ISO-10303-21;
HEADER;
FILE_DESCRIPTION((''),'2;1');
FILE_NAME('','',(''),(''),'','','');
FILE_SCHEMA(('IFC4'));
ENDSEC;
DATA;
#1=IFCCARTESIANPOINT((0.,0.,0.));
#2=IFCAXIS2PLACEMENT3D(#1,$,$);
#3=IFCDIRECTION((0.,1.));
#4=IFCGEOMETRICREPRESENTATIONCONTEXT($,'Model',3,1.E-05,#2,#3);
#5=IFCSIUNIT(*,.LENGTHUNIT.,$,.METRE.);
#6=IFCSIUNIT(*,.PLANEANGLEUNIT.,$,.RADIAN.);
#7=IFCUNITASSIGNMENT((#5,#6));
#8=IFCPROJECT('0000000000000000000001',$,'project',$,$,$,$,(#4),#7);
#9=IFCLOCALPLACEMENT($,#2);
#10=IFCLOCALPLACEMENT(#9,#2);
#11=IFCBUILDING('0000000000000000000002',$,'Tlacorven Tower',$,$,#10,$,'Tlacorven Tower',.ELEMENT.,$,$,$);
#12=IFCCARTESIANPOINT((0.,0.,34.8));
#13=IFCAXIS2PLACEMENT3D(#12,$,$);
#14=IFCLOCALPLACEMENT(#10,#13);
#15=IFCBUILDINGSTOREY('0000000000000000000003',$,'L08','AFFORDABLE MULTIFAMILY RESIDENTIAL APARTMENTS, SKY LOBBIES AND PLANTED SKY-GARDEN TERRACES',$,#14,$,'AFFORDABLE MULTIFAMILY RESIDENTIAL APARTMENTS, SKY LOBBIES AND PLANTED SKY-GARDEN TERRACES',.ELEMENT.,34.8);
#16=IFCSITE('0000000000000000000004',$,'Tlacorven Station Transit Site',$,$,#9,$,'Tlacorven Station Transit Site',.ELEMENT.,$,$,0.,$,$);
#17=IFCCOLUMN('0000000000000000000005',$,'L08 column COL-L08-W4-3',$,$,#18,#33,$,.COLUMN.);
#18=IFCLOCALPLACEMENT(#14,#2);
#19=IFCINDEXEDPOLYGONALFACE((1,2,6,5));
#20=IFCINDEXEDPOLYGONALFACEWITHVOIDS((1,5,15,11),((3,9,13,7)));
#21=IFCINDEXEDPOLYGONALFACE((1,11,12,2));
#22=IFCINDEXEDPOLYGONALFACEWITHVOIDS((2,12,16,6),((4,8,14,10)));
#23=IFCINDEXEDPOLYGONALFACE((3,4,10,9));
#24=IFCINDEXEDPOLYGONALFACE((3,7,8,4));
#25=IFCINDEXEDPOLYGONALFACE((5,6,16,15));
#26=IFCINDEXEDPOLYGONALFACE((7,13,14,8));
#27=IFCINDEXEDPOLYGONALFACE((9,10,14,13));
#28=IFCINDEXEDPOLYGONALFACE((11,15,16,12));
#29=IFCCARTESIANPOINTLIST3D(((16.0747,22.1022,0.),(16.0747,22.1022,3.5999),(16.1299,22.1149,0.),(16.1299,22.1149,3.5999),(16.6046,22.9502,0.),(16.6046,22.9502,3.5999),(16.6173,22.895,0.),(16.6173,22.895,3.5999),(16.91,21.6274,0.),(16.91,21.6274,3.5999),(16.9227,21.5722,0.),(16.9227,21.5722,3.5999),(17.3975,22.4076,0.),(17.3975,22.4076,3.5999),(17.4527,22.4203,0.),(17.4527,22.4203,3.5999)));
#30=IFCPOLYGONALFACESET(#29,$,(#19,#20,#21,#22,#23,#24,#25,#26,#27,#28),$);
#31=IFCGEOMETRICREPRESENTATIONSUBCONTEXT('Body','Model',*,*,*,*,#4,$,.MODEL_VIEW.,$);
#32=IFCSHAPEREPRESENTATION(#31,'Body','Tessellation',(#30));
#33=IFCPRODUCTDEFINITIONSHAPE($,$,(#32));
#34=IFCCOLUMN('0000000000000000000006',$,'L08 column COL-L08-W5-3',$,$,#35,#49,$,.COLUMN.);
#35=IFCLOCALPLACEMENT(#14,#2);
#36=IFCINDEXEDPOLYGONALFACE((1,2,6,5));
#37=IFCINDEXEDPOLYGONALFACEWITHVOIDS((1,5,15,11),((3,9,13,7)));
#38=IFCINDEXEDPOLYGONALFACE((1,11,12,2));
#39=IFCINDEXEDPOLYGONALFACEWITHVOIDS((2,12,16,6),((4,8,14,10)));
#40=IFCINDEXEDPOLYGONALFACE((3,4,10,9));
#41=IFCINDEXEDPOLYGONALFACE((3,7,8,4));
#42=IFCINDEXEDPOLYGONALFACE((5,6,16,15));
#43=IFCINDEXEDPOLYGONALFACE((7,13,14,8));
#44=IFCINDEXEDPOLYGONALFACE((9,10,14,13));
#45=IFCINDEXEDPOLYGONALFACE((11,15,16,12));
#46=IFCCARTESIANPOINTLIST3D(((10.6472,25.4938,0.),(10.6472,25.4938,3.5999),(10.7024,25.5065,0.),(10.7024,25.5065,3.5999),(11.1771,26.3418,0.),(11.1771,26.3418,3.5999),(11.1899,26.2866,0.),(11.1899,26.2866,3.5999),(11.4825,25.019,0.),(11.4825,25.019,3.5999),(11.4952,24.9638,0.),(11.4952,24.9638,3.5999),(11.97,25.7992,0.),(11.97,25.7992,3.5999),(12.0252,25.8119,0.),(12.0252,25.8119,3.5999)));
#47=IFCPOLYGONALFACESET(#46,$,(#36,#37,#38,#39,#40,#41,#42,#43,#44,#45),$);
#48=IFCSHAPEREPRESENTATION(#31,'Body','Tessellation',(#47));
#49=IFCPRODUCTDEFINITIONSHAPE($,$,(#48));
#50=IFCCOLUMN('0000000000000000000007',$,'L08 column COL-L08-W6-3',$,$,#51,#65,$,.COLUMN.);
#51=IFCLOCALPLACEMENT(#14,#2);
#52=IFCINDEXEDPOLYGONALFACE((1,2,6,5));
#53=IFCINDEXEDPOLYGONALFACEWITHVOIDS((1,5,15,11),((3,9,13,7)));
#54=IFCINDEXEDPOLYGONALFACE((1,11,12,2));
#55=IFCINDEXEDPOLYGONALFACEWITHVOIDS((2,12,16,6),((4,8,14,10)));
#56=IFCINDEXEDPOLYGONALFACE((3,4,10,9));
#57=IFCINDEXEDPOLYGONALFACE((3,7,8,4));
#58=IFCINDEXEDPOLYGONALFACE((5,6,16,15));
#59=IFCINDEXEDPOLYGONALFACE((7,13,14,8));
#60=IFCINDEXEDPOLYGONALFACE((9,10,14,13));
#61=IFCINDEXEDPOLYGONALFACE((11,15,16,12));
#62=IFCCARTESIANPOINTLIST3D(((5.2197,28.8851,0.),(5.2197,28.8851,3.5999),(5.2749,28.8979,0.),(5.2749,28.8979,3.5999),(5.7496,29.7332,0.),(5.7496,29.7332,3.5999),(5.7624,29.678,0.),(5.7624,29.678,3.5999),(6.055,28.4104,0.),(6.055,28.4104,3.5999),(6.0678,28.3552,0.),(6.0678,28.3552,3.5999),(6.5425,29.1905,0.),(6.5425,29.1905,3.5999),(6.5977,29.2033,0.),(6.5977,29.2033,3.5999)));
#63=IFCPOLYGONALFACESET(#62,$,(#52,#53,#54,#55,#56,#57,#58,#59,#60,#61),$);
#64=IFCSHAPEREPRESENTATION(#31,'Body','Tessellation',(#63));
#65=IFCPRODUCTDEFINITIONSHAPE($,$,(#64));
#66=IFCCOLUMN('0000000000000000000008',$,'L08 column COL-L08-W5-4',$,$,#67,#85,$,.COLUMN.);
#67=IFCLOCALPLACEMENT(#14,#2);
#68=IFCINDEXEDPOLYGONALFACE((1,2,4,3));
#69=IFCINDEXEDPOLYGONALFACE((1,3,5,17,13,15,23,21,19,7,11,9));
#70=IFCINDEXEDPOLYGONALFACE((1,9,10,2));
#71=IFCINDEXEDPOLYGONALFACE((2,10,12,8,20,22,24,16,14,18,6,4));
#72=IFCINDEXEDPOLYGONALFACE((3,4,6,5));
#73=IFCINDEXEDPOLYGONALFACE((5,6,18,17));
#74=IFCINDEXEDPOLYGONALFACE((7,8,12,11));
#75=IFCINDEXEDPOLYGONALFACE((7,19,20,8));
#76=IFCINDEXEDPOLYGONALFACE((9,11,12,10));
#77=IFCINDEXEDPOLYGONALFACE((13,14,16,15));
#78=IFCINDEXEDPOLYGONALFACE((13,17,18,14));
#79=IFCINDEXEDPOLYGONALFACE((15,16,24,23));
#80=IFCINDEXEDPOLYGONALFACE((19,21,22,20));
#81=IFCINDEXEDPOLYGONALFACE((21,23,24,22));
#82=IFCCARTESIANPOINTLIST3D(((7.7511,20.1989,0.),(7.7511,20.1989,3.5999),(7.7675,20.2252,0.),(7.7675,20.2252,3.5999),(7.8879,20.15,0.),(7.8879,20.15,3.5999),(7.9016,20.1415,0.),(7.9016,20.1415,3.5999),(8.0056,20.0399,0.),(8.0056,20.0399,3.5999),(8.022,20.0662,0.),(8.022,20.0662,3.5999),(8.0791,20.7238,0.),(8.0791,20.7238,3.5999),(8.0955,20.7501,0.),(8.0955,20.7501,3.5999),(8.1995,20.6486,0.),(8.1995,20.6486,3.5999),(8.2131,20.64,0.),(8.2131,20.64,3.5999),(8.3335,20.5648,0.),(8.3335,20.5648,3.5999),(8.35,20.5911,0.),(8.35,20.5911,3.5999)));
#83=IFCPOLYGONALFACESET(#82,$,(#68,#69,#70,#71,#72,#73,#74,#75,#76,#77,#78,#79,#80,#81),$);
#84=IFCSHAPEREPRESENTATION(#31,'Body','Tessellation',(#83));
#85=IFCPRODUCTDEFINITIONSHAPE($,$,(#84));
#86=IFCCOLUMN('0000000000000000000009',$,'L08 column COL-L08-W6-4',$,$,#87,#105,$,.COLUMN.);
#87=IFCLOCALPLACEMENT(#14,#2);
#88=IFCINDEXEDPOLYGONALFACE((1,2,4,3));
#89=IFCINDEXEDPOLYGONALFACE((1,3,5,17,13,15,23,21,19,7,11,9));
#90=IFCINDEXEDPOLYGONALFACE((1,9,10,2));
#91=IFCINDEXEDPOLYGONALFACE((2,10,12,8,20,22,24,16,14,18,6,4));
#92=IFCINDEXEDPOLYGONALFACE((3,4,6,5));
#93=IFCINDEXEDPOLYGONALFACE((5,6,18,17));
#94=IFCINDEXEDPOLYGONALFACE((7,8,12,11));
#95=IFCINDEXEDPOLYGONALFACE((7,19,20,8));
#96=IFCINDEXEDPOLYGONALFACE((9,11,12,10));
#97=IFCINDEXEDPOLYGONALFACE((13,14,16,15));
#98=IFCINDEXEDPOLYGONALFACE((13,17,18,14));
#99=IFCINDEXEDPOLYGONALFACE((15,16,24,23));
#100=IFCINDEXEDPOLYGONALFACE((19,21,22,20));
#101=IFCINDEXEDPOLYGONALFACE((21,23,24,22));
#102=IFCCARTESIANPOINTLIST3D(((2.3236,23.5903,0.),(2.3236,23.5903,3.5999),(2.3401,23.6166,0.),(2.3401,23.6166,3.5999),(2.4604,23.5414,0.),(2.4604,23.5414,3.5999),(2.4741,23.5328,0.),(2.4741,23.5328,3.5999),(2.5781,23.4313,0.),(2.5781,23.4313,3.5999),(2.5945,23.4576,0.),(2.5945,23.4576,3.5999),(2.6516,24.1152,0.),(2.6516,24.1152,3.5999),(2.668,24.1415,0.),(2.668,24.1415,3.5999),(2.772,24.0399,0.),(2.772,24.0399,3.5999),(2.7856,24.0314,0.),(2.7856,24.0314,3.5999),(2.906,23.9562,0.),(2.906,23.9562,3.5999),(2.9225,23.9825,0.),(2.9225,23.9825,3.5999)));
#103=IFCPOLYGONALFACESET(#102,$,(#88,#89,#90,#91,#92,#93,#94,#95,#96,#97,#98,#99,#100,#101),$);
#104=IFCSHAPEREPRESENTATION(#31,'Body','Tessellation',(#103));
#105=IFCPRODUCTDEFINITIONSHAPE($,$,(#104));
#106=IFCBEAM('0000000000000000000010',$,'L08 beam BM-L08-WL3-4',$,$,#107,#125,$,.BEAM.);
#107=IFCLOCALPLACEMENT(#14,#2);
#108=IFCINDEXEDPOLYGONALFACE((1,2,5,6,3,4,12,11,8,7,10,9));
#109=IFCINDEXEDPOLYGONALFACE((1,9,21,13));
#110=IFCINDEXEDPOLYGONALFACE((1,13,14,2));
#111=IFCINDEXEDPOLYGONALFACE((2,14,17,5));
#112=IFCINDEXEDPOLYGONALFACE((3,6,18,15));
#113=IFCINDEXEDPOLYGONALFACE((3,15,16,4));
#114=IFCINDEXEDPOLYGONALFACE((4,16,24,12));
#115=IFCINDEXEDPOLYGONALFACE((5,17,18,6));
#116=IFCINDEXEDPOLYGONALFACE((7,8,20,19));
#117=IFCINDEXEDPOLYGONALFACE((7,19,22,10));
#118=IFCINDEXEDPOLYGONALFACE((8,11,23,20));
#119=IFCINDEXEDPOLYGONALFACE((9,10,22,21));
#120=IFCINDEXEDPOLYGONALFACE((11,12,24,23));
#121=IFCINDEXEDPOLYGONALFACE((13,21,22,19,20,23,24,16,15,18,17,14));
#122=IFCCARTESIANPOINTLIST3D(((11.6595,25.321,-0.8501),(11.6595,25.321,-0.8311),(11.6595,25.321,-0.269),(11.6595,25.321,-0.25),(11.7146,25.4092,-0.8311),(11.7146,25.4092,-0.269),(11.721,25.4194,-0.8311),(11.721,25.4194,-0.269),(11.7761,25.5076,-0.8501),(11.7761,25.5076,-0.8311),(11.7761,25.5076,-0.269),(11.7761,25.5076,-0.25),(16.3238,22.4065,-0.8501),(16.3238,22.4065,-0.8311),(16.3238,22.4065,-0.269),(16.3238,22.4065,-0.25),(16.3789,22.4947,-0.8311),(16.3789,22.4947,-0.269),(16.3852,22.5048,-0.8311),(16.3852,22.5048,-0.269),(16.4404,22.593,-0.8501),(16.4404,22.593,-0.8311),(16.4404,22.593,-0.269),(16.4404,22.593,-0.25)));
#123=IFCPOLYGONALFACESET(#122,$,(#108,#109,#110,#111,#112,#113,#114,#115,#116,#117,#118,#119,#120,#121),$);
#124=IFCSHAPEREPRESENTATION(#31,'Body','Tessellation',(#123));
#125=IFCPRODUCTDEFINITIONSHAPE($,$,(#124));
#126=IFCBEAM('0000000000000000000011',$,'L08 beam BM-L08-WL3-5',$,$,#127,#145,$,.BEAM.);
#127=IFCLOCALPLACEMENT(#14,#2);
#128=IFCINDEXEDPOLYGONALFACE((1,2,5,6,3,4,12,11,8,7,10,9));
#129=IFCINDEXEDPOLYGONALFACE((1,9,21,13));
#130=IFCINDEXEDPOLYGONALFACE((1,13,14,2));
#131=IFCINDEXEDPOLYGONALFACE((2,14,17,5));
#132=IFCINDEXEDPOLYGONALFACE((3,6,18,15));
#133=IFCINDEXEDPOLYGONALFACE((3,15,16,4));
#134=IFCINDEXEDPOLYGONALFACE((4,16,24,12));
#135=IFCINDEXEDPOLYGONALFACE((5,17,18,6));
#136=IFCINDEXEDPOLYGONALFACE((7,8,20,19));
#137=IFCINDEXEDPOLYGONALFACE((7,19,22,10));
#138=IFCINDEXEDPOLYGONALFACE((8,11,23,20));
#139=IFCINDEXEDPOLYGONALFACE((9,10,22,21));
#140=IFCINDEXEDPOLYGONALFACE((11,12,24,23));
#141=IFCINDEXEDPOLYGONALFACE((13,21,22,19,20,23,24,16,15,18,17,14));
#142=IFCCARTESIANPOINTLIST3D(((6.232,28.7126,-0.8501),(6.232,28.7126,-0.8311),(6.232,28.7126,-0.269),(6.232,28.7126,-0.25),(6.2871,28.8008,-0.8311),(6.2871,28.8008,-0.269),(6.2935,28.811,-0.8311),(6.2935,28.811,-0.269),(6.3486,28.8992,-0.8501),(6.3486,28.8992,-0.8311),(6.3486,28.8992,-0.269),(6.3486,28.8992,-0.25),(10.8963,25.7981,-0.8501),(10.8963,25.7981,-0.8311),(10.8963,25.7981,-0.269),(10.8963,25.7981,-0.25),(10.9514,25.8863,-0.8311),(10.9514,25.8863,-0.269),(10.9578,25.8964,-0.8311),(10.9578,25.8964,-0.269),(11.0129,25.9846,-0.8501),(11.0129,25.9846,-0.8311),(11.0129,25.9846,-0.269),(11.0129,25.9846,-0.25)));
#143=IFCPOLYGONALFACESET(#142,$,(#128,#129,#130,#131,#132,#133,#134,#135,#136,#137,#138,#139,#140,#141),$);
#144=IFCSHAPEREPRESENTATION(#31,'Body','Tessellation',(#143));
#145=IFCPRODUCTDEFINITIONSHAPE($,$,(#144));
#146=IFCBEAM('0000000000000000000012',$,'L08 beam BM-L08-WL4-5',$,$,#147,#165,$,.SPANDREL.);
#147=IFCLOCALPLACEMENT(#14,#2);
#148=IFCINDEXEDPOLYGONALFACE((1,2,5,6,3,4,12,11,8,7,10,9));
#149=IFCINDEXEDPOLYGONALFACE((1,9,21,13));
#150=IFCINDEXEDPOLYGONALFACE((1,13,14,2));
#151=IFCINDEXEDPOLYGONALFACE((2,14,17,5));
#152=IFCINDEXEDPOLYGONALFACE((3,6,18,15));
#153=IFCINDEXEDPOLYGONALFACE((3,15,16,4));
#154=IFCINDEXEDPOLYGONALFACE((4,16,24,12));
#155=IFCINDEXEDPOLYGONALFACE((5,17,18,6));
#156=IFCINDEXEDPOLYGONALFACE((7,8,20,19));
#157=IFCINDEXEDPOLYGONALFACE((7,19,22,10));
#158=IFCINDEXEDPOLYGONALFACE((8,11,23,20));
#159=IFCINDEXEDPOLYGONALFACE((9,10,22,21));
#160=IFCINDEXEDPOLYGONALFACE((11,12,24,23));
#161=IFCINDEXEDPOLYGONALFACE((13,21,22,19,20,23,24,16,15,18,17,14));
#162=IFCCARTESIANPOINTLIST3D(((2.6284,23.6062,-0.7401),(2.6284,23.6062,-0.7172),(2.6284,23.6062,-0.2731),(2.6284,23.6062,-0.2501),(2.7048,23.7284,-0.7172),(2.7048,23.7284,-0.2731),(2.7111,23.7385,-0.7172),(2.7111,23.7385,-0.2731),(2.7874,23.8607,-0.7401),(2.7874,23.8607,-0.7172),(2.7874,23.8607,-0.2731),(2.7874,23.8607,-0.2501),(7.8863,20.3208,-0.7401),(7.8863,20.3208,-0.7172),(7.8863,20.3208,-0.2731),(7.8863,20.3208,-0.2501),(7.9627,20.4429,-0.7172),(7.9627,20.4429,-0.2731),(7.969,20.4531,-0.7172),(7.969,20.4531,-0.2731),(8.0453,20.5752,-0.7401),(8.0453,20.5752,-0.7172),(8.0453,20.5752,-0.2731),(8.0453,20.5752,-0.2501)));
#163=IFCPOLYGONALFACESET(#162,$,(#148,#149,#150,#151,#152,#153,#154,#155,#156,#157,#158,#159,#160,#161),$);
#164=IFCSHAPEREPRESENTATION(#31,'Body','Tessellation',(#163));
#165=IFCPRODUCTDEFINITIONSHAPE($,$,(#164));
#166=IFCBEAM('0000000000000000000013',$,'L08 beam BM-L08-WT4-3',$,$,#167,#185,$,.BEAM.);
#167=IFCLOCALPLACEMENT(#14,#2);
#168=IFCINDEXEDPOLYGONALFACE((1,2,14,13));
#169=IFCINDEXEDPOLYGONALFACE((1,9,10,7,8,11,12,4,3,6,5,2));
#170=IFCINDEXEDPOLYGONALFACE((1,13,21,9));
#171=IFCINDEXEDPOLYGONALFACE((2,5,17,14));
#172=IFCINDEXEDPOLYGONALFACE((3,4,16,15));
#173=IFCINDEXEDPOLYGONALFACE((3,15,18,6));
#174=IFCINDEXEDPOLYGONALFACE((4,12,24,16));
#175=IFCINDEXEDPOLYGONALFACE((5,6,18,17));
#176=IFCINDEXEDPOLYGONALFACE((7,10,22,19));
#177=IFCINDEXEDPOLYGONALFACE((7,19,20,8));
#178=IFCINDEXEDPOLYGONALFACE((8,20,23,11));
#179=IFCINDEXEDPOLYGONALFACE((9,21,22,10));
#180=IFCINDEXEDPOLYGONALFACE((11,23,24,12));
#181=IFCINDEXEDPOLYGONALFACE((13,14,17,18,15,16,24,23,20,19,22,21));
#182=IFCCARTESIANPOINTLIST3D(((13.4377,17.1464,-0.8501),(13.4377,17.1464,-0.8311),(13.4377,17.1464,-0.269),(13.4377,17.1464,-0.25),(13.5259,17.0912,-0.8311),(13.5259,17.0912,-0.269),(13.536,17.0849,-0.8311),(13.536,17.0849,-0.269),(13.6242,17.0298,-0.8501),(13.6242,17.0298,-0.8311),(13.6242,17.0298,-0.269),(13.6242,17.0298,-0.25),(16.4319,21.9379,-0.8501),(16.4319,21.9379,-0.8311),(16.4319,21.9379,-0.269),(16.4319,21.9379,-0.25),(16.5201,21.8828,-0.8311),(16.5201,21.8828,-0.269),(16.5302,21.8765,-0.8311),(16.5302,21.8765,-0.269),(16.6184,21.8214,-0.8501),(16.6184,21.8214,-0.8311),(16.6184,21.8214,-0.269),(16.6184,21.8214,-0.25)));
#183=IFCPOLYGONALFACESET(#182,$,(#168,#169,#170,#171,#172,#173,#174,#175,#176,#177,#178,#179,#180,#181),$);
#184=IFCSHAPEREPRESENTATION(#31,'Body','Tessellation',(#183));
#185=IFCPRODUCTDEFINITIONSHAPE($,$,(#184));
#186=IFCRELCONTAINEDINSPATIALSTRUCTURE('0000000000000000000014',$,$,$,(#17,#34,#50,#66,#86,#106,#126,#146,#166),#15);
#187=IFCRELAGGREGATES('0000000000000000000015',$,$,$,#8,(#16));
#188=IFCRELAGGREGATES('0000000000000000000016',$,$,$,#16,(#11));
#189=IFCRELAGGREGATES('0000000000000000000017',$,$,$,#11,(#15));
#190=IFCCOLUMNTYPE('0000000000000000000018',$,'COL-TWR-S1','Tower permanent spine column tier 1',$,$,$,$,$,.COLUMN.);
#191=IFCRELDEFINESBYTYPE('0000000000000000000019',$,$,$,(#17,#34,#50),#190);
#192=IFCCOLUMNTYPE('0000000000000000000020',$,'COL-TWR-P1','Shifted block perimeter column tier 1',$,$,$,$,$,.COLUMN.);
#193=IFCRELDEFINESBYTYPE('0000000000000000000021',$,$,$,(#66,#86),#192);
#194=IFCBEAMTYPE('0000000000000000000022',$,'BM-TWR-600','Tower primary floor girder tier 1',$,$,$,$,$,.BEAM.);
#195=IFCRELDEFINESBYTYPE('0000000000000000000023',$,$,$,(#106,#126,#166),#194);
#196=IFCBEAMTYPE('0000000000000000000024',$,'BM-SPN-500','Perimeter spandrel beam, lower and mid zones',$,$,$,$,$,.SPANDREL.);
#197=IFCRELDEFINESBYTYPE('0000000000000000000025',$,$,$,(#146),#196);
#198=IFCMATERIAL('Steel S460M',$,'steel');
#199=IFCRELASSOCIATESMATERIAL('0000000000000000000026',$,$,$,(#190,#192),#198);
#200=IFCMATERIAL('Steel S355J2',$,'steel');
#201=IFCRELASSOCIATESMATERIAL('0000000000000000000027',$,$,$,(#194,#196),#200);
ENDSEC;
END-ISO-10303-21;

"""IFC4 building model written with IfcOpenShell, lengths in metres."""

from ifc_helpers import new_model, si_unit, direction, frame, origin, origin_2d, place, context, subcontext, project, spatial, hollow_rectangle, i_section, extrude, source, transform, mapped, material, material_profile, profile_set, type_object, element, save


model = new_model("IFC4")

# Units and contexts
model_context = context("Model", 3, precision=1e-05, world=origin(), true_north=direction((0.0, 1.0)))
body_context = subcontext(model_context, "Body", "Model", "MODEL_VIEW")
ifc_project = project(units=[si_unit("LENGTHUNIT", "METRE"), si_unit("PLANEANGLEUNIT", "RADIAN")], contexts=[model_context])

# Site, building, storey
site_placement = place(None, origin())
site = spatial("IfcSite", under=ifc_project, at=site_placement, Name="Tlacorven Station Transit Site", LongName="Tlacorven Station Transit Site", CompositionType="ELEMENT", RefElevation=0.0)
building_placement = place(site_placement, origin())
building = spatial("IfcBuilding", under=site, at=building_placement, Name="Tlacorven Tower", LongName="Tlacorven Tower", CompositionType="ELEMENT")
storey_placement = place(building_placement, frame((0.0, 0.0, 34.8)))
storey = spatial("IfcBuildingStorey", under=building, at=storey_placement, Name="L08", Description="AFFORDABLE MULTIFAMILY RESIDENTIAL APARTMENTS, SKY LOBBIES AND PLANTED SKY-GARDEN TERRACES", LongName="AFFORDABLE MULTIFAMILY RESIDENTIAL APARTMENTS, SKY LOBBIES AND PLANTED SKY-GARDEN TERRACES", CompositionType="ELEMENT", Elevation=34.8)

# Columns
ifc_material_1 = material(Name="Steel S460M", Category="steel")
ifc_material_profile_1 = material_profile(ifc_material_1, hollow_rectangle(XDim=1.0, YDim=1.0, WallThickness=0.04, at=origin_2d()), Name="BOX 1000X1000X40")
ifc_profile_set_1 = profile_set([ifc_material_profile_1], Name="Steel S460M")
column_type_1 = type_object("IfcColumnType", Name="COL-TWR-S1", Description="Tower permanent spine column tier 1", PredefinedType="COLUMN", material=ifc_profile_set_1)
shared_shape_1 = source(origin(), body_context, "Body", "SweptSolid", [
    extrude(hollow_rectangle(XDim=1.0, YDim=1.0, WallThickness=0.04, at=origin_2d()), origin(), (0.0, 0.0, 1.0), 3.5999),
])
for number, where, z_axis, x_axis, name in (
    (1, (16.7637, 22.2612, 0.0), (0.0, 0.0, 1.0), (-0.848048, 0.529919, 0.0), "L08 column COL-L08-W4-3"),
    (2, (11.3362, 25.6528, 0.0), (0.0, 0.0, 1.0), (-0.848048, 0.529919, 0.0), "L08 column COL-L08-W5-3"),
    (3, (5.9087, 29.0442, 0.0), (0.0, 0.0, 1.0), (-0.848048, 0.529919, 0.0), "L08 column COL-L08-W6-3"),
):
    element("IfcColumn", number, at=place(storey_placement, frame(where, z_axis=z_axis, x_axis=x_axis)), inside=storey, type_object=column_type_1, Name=name, PredefinedType="COLUMN", context=body_context, shape_type="MappedRepresentation", body=[
        mapped(shared_shape_1, transform((0.0, 0.0, 0.0), scale=1.0)),
    ])
ifc_material_profile_2 = material_profile(ifc_material_1, i_section(OverallWidth=0.3, OverallDepth=0.6499, WebThickness=0.0161, FlangeThickness=0.031, at=origin_2d()), Name="HEB 650")
ifc_profile_set_2 = profile_set([ifc_material_profile_2], Name="Steel S460M")
column_type_2 = type_object("IfcColumnType", Name="COL-TWR-P1", Description="Shifted block perimeter column tier 1", PredefinedType="COLUMN", material=ifc_profile_set_2)
shared_shape_2 = source(origin(), body_context, "Body", "SweptSolid", [
    extrude(i_section(OverallWidth=0.3, OverallDepth=0.6499, WebThickness=0.0161, FlangeThickness=0.031, at=origin_2d()), origin(), (0.0, 0.0, 1.0), 3.5999),
])
for number, where, z_axis, x_axis, name in (
    (4, (8.0505, 20.395, 0.0), (0.0, 0.0, 1.0), (-0.848048, 0.529919, 0.0), "L08 column COL-L08-W5-4"),
    (5, (2.623, 23.7864, 0.0), (0.0, 0.0, 1.0), (-0.848048, 0.529919, 0.0), "L08 column COL-L08-W6-4"),
):
    element("IfcColumn", number, at=place(storey_placement, frame(where, z_axis=z_axis, x_axis=x_axis)), inside=storey, type_object=column_type_2, Name=name, PredefinedType="COLUMN", context=body_context, shape_type="MappedRepresentation", body=[
        mapped(shared_shape_2, transform((0.0, 0.0, 0.0), scale=1.0)),
    ])

# Beams
ifc_material_2 = material(Name="Steel S355J2", Category="steel")
ifc_material_profile_3 = material_profile(ifc_material_2, i_section(OverallWidth=0.22, OverallDepth=0.6001, WebThickness=0.012, FlangeThickness=0.019, at=origin_2d()), Name="IPE 600")
ifc_profile_set_3 = profile_set([ifc_material_profile_3], Name="Steel S355J2")
beam_type_1 = type_object("IfcBeamType", Name="BM-TWR-600", Description="Tower primary floor girder tier 1", PredefinedType="BEAM", material=ifc_profile_set_3)
shared_shape_3 = source(origin(), body_context, "Body", "SweptSolid", [
    extrude(i_section(OverallWidth=0.22, OverallDepth=0.6001, WebThickness=0.012, FlangeThickness=0.019, at=origin_2d()), origin(), (0.0, 0.0, 1.0), 5.5),
])
for number, where, z_axis, x_axis, name in (
    (6, (16.3821, 22.4998, -0.55), (-0.848051, 0.529915, 0.0), (-0.529915, -0.848051, 0.0), "L08 beam BM-L08-WL3-4"),
    (7, (10.9546, 25.8914, -0.55), (-0.848051, 0.529915, 0.0), (-0.529915, -0.848051, 0.0), "L08 beam BM-L08-WL3-5"),
):
    element("IfcBeam", number, at=place(storey_placement, frame(where, z_axis=z_axis, x_axis=x_axis)), inside=storey, type_object=beam_type_1, Name=name, PredefinedType="BEAM", context=body_context, shape_type="MappedRepresentation", body=[
        mapped(shared_shape_3, transform((0.0, 0.0, 0.0), scale=1.0)),
    ])
ifc_material_profile_4 = material_profile(ifc_material_2, i_section(OverallWidth=0.3, OverallDepth=0.49, WebThickness=0.012, FlangeThickness=0.0229, at=origin_2d()), Name="HEA 500")
ifc_profile_set_4 = profile_set([ifc_material_profile_4], Name="Steel S355J2")
beam_type_2 = type_object("IfcBeamType", Name="BM-SPN-500", Description="Perimeter spandrel beam, lower and mid zones", PredefinedType="SPANDREL", material=ifc_profile_set_4)
shared_shape_4 = source(origin(), body_context, "Body", "SweptSolid", [
    extrude(i_section(OverallWidth=0.3, OverallDepth=0.49, WebThickness=0.012, FlangeThickness=0.0229, at=origin_2d()), origin(), (0.0, 0.0, 1.0), 6.2),
])
beam_1_placement = place(storey_placement, frame((7.9658, 20.448, -0.4951), z_axis=(-0.848051, 0.529914, 0.0), x_axis=(-0.529914, -0.848051, 0.0)))
element("IfcBeam", 8, at=beam_1_placement, inside=storey, type_object=beam_type_2, Name="L08 beam BM-L08-WL4-5", PredefinedType="SPANDREL", context=body_context, shape_type="MappedRepresentation", body=[
    mapped(shared_shape_4, transform((0.0, 0.0, 0.0), scale=1.0)),
])
shared_shape_5 = source(origin(), body_context, "Body", "SweptSolid", [
    extrude(i_section(OverallWidth=0.22, OverallDepth=0.6001, WebThickness=0.012, FlangeThickness=0.019, at=origin_2d()), origin(), (0.0, 0.0, 1.0), 5.6501),
])
for number, where, z_axis, x_axis, name in (
    (9, (16.5251, 21.8796, -0.55), (-0.529929, -0.848042, 0.0), (0.848042, -0.529929, 0.0), "L08 beam BM-L08-WT4-3"),
):
    element("IfcBeam", number, at=place(storey_placement, frame(where, z_axis=z_axis, x_axis=x_axis)), inside=storey, type_object=beam_type_1, Name=name, PredefinedType="BEAM", context=body_context, shape_type="MappedRepresentation", body=[
        mapped(shared_shape_5, transform((0.0, 0.0, 0.0), scale=1.0)),
    ])

save(model, "model.ifc")
